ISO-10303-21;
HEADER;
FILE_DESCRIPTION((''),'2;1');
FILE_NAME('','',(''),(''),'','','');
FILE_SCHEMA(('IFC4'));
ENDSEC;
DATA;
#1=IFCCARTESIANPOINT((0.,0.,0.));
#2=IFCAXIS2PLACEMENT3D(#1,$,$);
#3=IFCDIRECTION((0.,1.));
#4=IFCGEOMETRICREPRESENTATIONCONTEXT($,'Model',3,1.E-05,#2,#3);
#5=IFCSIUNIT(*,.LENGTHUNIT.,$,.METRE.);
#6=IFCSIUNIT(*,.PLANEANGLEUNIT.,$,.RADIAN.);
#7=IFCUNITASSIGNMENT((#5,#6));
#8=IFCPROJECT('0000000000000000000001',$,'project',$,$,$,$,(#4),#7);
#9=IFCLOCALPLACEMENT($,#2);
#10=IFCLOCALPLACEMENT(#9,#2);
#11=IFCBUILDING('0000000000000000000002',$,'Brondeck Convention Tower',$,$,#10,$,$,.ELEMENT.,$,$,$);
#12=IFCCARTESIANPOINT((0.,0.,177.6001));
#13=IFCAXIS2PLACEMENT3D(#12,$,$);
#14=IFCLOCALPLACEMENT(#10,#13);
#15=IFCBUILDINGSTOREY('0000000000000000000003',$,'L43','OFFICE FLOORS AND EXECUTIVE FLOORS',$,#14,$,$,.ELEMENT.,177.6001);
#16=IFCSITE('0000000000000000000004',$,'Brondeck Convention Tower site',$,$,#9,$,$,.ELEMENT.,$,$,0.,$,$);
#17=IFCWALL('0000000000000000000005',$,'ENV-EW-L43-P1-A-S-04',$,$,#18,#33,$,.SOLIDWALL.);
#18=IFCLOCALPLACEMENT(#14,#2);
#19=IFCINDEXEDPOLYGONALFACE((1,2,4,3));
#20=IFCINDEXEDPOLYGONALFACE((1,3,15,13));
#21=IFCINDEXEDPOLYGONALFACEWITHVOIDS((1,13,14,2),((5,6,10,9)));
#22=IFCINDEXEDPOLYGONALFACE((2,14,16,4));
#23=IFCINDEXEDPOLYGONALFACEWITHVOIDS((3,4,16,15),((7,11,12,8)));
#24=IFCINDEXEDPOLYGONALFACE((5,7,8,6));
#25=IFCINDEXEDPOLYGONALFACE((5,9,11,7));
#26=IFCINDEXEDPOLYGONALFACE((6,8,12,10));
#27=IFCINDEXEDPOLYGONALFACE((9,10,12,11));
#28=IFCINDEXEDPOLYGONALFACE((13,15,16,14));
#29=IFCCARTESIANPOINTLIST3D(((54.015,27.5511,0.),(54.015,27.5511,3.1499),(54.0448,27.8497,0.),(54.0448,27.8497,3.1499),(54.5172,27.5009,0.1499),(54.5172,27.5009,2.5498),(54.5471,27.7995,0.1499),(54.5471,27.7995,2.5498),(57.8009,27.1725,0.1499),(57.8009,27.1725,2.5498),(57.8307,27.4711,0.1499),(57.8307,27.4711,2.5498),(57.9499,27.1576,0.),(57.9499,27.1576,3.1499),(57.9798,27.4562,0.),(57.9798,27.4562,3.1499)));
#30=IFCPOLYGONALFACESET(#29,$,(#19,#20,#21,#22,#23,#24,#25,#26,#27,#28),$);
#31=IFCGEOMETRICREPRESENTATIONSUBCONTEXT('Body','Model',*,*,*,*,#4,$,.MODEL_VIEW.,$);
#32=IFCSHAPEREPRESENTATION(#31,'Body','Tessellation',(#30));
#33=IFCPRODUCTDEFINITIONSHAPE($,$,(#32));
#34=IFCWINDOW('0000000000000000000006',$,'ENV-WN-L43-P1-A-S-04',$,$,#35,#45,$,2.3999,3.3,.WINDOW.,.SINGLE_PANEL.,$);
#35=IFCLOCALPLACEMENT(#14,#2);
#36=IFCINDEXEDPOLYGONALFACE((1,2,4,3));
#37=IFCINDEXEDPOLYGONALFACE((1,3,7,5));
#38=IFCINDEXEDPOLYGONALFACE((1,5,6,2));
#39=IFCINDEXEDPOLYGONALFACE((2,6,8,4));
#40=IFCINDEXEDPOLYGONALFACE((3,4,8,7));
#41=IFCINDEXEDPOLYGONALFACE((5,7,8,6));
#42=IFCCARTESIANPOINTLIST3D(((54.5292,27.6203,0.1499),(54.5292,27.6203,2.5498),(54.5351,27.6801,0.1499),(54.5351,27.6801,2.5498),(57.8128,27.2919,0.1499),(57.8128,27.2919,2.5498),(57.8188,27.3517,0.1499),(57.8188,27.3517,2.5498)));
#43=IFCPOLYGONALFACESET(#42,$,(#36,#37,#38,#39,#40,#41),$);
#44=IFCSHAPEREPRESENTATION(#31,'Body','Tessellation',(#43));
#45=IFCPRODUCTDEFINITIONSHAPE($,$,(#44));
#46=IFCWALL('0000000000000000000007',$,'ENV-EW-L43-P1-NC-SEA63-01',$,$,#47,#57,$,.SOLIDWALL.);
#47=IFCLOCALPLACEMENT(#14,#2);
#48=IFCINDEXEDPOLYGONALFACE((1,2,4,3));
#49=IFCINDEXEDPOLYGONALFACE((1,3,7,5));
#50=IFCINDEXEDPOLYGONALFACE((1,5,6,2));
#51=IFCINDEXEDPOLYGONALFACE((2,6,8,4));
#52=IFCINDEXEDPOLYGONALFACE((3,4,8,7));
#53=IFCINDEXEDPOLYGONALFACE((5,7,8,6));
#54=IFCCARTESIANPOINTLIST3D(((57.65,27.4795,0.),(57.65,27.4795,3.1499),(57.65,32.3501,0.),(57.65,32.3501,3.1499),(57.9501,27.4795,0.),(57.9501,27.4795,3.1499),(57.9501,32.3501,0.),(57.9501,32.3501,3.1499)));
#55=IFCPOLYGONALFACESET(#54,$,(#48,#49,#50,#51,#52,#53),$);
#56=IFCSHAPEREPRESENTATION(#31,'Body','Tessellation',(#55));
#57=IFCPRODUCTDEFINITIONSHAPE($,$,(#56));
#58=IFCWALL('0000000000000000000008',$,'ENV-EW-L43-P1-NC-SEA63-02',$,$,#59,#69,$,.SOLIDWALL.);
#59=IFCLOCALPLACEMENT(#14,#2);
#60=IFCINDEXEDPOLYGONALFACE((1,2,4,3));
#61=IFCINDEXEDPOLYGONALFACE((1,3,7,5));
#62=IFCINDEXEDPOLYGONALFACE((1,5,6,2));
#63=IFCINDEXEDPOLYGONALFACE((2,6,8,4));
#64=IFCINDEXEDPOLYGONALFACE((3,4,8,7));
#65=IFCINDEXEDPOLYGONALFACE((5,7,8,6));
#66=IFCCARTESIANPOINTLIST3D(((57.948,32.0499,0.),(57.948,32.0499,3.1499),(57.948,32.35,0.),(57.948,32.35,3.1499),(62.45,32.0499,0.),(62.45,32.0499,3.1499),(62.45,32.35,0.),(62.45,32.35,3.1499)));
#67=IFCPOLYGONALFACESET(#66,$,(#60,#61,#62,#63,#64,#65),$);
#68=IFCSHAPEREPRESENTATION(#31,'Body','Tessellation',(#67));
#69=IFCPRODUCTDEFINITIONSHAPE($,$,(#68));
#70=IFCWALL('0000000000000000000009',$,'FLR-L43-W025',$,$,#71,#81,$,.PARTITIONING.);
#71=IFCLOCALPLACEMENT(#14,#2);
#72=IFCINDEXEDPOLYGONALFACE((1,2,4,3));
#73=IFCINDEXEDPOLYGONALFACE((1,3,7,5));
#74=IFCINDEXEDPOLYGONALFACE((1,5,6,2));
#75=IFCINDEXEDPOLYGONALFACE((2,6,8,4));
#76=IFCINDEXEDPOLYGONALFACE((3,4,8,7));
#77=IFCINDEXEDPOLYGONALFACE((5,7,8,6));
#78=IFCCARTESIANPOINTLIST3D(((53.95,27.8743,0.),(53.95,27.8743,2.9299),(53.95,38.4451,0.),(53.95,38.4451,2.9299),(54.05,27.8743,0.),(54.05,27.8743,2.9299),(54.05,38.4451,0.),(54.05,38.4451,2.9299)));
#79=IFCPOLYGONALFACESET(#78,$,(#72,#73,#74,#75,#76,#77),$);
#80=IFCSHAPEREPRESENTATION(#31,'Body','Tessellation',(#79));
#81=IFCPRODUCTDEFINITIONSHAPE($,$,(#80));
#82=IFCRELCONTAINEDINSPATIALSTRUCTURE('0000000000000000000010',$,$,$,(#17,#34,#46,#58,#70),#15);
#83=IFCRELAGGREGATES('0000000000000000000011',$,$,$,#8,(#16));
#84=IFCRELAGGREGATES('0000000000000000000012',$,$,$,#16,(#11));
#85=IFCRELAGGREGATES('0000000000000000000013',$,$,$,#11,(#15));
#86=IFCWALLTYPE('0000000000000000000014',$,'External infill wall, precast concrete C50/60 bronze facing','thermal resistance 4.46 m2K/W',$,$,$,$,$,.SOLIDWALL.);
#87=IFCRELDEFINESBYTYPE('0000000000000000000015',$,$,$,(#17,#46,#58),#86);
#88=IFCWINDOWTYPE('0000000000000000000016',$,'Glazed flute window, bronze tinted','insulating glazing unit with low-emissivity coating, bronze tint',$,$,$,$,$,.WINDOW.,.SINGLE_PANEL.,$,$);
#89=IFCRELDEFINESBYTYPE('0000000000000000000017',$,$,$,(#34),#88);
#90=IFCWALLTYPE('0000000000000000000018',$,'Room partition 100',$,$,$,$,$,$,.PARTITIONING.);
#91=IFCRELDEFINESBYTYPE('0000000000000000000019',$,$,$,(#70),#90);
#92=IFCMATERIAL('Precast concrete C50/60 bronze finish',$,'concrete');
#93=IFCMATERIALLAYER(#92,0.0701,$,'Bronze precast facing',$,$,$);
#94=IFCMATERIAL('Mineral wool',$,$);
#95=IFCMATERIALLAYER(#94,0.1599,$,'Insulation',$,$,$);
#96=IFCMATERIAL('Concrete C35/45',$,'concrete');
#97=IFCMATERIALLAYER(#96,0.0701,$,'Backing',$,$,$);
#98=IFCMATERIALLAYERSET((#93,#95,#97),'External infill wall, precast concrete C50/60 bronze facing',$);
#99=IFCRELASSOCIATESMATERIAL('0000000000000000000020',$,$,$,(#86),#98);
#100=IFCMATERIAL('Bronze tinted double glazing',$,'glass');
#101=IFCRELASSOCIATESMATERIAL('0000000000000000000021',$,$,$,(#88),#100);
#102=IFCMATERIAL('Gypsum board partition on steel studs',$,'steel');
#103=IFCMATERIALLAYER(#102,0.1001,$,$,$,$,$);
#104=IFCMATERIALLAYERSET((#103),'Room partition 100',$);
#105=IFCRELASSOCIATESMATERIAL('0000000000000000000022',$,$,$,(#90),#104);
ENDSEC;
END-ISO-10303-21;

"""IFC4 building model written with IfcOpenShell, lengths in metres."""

from ifc_helpers import new_model, si_unit, direction, frame, frame_2d, origin, place, context, subcontext, project, spatial, rectangle, extrude, material, layer, layer_set, type_object, element, fill, save


model = new_model("IFC4")

# Units and contexts
model_context = context("Model", 3, precision=1e-05, world=origin(), true_north=direction((0.0, 1.0)))
body_context = subcontext(model_context, "Body", "Model", "MODEL_VIEW")
ifc_project = project(units=[si_unit("LENGTHUNIT", "METRE"), si_unit("PLANEANGLEUNIT", "RADIAN")], contexts=[model_context])

# Site, building, storey
site_placement = place(None, origin())
site = spatial("IfcSite", under=ifc_project, at=site_placement, Name="Brondeck Convention Tower site", CompositionType="ELEMENT", RefElevation=0.0)
building_placement = place(site_placement, origin())
building = spatial("IfcBuilding", under=site, at=building_placement, Name="Brondeck Convention Tower", CompositionType="ELEMENT")
storey_placement = place(building_placement, frame((0.0, 0.0, 177.6001)))
storey = spatial("IfcBuildingStorey", under=building, at=storey_placement, Name="L43", Description="OFFICE FLOORS AND EXECUTIVE FLOORS", CompositionType="ELEMENT", Elevation=177.6001)

# Shared definitions
ifc_material_1 = material(Name="Precast concrete C50/60 bronze finish", Category="concrete")
ifc_layer_1 = layer(ifc_material_1, 0.0701, Name="Bronze precast facing")
ifc_material_2 = material(Name="Mineral wool")
ifc_layer_2 = layer(ifc_material_2, 0.1599, Name="Insulation")
ifc_material_3 = material(Name="Concrete C35/45", Category="concrete")
ifc_layer_3 = layer(ifc_material_3, 0.0701, Name="Backing")
ifc_layer_set_1 = layer_set([ifc_layer_1, ifc_layer_2, ifc_layer_3], Name="External infill wall, precast concrete C50/60 bronze facing")
wall_type_1 = type_object("IfcWallType", Name="External infill wall, precast concrete C50/60 bronze facing", Description="thermal resistance 4.46 m2K/W", PredefinedType="SOLIDWALL", material=ifc_layer_set_1)
ifc_material_4 = material(Name="Bronze tinted double glazing", Category="glass")
window_type_1 = type_object("IfcWindowType", Name="Glazed flute window, bronze tinted", Description="insulating glazing unit with low-emissivity coating, bronze tint", PartitioningType="SINGLE_PANEL", PredefinedType="WINDOW", material=ifc_material_4)

# Wall, opening, window
wall_1_placement = place(storey_placement, frame((57.9648, 27.3069, 0.0), z_axis=(0.0, 0.0, 1.0), x_axis=(-0.995036, 0.099516, 0.0)))
wall_1 = element("IfcWall", 1, at=wall_1_placement, inside=storey, type_object=wall_type_1, Name="ENV-EW-L43-P1-A-S-04", PredefinedType="SOLIDWALL", context=body_context, shape_type="SweptSolid", body=[
    extrude(rectangle(XDim=3.9546, YDim=0.3, at=frame_2d((1.9773, 0.0))), origin(), (0.0, 0.0, 1.0), 3.1499),
])
opening_1_placement = place(wall_1_placement, frame((0.1499, 0.0, 0.1499)))
opening_1 = element("IfcOpeningElement", 2, at=opening_1_placement, cuts=wall_1, PredefinedType="OPENING", context=body_context, shape_type="SweptSolid", body=[
    extrude(rectangle(XDim=3.3, YDim=2.3999, at=frame_2d((1.6499, 1.2))), frame((0.0, 0.1599, 0.0), z_axis=(0.0, -1.0, 0.0), x_axis=(1.0, 0.0, 0.0)), (0.0, 0.0, 1.0), 0.3201),
])
window_1_placement = place(opening_1_placement, origin())
window_1 = element("IfcWindow", 3, at=window_1_placement, inside=storey, type_object=window_type_1, Name="ENV-WN-L43-P1-A-S-04", OverallHeight=2.3999, OverallWidth=3.3, PartitioningType="SINGLE_PANEL", PredefinedType="WINDOW", context=body_context, shape_type="SweptSolid", body=[
    extrude(rectangle(XDim=3.3, YDim=2.3999, at=frame_2d((1.6499, 1.2))), frame((0.0, 0.03, 0.0), z_axis=(0.0, -1.0, 0.0), x_axis=(1.0, 0.0, 0.0)), (0.0, 0.0, 1.0), 0.0601),
])
fill(opening_1, window_1)

# Walls
wall_2_placement = place(storey_placement, frame((57.8, 32.3501, 0.0), z_axis=(0.0, 0.0, 1.0), x_axis=(0.0, -1.0, 0.0)))
element("IfcWall", 4, at=wall_2_placement, inside=storey, type_object=wall_type_1, Name="ENV-EW-L43-P1-NC-SEA63-01", PredefinedType="SOLIDWALL", context=body_context, shape_type="SweptSolid", body=[
    extrude(rectangle(XDim=4.8706, YDim=0.3, at=frame_2d((2.4353, 0.0))), origin(), (0.0, 0.0, 1.0), 3.1499),
])
wall_3_placement = place(storey_placement, frame((62.45, 32.2, 0.0), z_axis=(0.0, 0.0, 1.0), x_axis=(-1.0, 0.0, 0.0)))
element("IfcWall", 5, at=wall_3_placement, inside=storey, type_object=wall_type_1, Name="ENV-EW-L43-P1-NC-SEA63-02", PredefinedType="SOLIDWALL", context=body_context, shape_type="SweptSolid", body=[
    extrude(rectangle(XDim=4.502, YDim=0.3, at=frame_2d((2.251, 0.0))), origin(), (0.0, 0.0, 1.0), 3.1499),
])
ifc_material_5 = material(Name="Gypsum board partition on steel studs", Category="steel")
ifc_layer_4 = layer(ifc_material_5, 0.1001)
ifc_layer_set_2 = layer_set([ifc_layer_4], Name="Room partition 100")
wall_type_2 = type_object("IfcWallType", Name="Room partition 100", PredefinedType="PARTITIONING", material=ifc_layer_set_2)
wall_4_placement = place(storey_placement, frame((54.0, 27.8743, 0.0), z_axis=(0.0, 0.0, 1.0), x_axis=(0.0, 1.0, 0.0)))
element("IfcWall", 6, at=wall_4_placement, inside=storey, type_object=wall_type_2, Name="FLR-L43-W025", PredefinedType="PARTITIONING", context=body_context, shape_type="SweptSolid", body=[
    extrude(rectangle(XDim=10.5708, YDim=0.1001, at=frame_2d((5.2854, 0.0))), origin(), (0.0, 0.0, 1.0), 2.9299),
])

save(model, "model.ifc")
